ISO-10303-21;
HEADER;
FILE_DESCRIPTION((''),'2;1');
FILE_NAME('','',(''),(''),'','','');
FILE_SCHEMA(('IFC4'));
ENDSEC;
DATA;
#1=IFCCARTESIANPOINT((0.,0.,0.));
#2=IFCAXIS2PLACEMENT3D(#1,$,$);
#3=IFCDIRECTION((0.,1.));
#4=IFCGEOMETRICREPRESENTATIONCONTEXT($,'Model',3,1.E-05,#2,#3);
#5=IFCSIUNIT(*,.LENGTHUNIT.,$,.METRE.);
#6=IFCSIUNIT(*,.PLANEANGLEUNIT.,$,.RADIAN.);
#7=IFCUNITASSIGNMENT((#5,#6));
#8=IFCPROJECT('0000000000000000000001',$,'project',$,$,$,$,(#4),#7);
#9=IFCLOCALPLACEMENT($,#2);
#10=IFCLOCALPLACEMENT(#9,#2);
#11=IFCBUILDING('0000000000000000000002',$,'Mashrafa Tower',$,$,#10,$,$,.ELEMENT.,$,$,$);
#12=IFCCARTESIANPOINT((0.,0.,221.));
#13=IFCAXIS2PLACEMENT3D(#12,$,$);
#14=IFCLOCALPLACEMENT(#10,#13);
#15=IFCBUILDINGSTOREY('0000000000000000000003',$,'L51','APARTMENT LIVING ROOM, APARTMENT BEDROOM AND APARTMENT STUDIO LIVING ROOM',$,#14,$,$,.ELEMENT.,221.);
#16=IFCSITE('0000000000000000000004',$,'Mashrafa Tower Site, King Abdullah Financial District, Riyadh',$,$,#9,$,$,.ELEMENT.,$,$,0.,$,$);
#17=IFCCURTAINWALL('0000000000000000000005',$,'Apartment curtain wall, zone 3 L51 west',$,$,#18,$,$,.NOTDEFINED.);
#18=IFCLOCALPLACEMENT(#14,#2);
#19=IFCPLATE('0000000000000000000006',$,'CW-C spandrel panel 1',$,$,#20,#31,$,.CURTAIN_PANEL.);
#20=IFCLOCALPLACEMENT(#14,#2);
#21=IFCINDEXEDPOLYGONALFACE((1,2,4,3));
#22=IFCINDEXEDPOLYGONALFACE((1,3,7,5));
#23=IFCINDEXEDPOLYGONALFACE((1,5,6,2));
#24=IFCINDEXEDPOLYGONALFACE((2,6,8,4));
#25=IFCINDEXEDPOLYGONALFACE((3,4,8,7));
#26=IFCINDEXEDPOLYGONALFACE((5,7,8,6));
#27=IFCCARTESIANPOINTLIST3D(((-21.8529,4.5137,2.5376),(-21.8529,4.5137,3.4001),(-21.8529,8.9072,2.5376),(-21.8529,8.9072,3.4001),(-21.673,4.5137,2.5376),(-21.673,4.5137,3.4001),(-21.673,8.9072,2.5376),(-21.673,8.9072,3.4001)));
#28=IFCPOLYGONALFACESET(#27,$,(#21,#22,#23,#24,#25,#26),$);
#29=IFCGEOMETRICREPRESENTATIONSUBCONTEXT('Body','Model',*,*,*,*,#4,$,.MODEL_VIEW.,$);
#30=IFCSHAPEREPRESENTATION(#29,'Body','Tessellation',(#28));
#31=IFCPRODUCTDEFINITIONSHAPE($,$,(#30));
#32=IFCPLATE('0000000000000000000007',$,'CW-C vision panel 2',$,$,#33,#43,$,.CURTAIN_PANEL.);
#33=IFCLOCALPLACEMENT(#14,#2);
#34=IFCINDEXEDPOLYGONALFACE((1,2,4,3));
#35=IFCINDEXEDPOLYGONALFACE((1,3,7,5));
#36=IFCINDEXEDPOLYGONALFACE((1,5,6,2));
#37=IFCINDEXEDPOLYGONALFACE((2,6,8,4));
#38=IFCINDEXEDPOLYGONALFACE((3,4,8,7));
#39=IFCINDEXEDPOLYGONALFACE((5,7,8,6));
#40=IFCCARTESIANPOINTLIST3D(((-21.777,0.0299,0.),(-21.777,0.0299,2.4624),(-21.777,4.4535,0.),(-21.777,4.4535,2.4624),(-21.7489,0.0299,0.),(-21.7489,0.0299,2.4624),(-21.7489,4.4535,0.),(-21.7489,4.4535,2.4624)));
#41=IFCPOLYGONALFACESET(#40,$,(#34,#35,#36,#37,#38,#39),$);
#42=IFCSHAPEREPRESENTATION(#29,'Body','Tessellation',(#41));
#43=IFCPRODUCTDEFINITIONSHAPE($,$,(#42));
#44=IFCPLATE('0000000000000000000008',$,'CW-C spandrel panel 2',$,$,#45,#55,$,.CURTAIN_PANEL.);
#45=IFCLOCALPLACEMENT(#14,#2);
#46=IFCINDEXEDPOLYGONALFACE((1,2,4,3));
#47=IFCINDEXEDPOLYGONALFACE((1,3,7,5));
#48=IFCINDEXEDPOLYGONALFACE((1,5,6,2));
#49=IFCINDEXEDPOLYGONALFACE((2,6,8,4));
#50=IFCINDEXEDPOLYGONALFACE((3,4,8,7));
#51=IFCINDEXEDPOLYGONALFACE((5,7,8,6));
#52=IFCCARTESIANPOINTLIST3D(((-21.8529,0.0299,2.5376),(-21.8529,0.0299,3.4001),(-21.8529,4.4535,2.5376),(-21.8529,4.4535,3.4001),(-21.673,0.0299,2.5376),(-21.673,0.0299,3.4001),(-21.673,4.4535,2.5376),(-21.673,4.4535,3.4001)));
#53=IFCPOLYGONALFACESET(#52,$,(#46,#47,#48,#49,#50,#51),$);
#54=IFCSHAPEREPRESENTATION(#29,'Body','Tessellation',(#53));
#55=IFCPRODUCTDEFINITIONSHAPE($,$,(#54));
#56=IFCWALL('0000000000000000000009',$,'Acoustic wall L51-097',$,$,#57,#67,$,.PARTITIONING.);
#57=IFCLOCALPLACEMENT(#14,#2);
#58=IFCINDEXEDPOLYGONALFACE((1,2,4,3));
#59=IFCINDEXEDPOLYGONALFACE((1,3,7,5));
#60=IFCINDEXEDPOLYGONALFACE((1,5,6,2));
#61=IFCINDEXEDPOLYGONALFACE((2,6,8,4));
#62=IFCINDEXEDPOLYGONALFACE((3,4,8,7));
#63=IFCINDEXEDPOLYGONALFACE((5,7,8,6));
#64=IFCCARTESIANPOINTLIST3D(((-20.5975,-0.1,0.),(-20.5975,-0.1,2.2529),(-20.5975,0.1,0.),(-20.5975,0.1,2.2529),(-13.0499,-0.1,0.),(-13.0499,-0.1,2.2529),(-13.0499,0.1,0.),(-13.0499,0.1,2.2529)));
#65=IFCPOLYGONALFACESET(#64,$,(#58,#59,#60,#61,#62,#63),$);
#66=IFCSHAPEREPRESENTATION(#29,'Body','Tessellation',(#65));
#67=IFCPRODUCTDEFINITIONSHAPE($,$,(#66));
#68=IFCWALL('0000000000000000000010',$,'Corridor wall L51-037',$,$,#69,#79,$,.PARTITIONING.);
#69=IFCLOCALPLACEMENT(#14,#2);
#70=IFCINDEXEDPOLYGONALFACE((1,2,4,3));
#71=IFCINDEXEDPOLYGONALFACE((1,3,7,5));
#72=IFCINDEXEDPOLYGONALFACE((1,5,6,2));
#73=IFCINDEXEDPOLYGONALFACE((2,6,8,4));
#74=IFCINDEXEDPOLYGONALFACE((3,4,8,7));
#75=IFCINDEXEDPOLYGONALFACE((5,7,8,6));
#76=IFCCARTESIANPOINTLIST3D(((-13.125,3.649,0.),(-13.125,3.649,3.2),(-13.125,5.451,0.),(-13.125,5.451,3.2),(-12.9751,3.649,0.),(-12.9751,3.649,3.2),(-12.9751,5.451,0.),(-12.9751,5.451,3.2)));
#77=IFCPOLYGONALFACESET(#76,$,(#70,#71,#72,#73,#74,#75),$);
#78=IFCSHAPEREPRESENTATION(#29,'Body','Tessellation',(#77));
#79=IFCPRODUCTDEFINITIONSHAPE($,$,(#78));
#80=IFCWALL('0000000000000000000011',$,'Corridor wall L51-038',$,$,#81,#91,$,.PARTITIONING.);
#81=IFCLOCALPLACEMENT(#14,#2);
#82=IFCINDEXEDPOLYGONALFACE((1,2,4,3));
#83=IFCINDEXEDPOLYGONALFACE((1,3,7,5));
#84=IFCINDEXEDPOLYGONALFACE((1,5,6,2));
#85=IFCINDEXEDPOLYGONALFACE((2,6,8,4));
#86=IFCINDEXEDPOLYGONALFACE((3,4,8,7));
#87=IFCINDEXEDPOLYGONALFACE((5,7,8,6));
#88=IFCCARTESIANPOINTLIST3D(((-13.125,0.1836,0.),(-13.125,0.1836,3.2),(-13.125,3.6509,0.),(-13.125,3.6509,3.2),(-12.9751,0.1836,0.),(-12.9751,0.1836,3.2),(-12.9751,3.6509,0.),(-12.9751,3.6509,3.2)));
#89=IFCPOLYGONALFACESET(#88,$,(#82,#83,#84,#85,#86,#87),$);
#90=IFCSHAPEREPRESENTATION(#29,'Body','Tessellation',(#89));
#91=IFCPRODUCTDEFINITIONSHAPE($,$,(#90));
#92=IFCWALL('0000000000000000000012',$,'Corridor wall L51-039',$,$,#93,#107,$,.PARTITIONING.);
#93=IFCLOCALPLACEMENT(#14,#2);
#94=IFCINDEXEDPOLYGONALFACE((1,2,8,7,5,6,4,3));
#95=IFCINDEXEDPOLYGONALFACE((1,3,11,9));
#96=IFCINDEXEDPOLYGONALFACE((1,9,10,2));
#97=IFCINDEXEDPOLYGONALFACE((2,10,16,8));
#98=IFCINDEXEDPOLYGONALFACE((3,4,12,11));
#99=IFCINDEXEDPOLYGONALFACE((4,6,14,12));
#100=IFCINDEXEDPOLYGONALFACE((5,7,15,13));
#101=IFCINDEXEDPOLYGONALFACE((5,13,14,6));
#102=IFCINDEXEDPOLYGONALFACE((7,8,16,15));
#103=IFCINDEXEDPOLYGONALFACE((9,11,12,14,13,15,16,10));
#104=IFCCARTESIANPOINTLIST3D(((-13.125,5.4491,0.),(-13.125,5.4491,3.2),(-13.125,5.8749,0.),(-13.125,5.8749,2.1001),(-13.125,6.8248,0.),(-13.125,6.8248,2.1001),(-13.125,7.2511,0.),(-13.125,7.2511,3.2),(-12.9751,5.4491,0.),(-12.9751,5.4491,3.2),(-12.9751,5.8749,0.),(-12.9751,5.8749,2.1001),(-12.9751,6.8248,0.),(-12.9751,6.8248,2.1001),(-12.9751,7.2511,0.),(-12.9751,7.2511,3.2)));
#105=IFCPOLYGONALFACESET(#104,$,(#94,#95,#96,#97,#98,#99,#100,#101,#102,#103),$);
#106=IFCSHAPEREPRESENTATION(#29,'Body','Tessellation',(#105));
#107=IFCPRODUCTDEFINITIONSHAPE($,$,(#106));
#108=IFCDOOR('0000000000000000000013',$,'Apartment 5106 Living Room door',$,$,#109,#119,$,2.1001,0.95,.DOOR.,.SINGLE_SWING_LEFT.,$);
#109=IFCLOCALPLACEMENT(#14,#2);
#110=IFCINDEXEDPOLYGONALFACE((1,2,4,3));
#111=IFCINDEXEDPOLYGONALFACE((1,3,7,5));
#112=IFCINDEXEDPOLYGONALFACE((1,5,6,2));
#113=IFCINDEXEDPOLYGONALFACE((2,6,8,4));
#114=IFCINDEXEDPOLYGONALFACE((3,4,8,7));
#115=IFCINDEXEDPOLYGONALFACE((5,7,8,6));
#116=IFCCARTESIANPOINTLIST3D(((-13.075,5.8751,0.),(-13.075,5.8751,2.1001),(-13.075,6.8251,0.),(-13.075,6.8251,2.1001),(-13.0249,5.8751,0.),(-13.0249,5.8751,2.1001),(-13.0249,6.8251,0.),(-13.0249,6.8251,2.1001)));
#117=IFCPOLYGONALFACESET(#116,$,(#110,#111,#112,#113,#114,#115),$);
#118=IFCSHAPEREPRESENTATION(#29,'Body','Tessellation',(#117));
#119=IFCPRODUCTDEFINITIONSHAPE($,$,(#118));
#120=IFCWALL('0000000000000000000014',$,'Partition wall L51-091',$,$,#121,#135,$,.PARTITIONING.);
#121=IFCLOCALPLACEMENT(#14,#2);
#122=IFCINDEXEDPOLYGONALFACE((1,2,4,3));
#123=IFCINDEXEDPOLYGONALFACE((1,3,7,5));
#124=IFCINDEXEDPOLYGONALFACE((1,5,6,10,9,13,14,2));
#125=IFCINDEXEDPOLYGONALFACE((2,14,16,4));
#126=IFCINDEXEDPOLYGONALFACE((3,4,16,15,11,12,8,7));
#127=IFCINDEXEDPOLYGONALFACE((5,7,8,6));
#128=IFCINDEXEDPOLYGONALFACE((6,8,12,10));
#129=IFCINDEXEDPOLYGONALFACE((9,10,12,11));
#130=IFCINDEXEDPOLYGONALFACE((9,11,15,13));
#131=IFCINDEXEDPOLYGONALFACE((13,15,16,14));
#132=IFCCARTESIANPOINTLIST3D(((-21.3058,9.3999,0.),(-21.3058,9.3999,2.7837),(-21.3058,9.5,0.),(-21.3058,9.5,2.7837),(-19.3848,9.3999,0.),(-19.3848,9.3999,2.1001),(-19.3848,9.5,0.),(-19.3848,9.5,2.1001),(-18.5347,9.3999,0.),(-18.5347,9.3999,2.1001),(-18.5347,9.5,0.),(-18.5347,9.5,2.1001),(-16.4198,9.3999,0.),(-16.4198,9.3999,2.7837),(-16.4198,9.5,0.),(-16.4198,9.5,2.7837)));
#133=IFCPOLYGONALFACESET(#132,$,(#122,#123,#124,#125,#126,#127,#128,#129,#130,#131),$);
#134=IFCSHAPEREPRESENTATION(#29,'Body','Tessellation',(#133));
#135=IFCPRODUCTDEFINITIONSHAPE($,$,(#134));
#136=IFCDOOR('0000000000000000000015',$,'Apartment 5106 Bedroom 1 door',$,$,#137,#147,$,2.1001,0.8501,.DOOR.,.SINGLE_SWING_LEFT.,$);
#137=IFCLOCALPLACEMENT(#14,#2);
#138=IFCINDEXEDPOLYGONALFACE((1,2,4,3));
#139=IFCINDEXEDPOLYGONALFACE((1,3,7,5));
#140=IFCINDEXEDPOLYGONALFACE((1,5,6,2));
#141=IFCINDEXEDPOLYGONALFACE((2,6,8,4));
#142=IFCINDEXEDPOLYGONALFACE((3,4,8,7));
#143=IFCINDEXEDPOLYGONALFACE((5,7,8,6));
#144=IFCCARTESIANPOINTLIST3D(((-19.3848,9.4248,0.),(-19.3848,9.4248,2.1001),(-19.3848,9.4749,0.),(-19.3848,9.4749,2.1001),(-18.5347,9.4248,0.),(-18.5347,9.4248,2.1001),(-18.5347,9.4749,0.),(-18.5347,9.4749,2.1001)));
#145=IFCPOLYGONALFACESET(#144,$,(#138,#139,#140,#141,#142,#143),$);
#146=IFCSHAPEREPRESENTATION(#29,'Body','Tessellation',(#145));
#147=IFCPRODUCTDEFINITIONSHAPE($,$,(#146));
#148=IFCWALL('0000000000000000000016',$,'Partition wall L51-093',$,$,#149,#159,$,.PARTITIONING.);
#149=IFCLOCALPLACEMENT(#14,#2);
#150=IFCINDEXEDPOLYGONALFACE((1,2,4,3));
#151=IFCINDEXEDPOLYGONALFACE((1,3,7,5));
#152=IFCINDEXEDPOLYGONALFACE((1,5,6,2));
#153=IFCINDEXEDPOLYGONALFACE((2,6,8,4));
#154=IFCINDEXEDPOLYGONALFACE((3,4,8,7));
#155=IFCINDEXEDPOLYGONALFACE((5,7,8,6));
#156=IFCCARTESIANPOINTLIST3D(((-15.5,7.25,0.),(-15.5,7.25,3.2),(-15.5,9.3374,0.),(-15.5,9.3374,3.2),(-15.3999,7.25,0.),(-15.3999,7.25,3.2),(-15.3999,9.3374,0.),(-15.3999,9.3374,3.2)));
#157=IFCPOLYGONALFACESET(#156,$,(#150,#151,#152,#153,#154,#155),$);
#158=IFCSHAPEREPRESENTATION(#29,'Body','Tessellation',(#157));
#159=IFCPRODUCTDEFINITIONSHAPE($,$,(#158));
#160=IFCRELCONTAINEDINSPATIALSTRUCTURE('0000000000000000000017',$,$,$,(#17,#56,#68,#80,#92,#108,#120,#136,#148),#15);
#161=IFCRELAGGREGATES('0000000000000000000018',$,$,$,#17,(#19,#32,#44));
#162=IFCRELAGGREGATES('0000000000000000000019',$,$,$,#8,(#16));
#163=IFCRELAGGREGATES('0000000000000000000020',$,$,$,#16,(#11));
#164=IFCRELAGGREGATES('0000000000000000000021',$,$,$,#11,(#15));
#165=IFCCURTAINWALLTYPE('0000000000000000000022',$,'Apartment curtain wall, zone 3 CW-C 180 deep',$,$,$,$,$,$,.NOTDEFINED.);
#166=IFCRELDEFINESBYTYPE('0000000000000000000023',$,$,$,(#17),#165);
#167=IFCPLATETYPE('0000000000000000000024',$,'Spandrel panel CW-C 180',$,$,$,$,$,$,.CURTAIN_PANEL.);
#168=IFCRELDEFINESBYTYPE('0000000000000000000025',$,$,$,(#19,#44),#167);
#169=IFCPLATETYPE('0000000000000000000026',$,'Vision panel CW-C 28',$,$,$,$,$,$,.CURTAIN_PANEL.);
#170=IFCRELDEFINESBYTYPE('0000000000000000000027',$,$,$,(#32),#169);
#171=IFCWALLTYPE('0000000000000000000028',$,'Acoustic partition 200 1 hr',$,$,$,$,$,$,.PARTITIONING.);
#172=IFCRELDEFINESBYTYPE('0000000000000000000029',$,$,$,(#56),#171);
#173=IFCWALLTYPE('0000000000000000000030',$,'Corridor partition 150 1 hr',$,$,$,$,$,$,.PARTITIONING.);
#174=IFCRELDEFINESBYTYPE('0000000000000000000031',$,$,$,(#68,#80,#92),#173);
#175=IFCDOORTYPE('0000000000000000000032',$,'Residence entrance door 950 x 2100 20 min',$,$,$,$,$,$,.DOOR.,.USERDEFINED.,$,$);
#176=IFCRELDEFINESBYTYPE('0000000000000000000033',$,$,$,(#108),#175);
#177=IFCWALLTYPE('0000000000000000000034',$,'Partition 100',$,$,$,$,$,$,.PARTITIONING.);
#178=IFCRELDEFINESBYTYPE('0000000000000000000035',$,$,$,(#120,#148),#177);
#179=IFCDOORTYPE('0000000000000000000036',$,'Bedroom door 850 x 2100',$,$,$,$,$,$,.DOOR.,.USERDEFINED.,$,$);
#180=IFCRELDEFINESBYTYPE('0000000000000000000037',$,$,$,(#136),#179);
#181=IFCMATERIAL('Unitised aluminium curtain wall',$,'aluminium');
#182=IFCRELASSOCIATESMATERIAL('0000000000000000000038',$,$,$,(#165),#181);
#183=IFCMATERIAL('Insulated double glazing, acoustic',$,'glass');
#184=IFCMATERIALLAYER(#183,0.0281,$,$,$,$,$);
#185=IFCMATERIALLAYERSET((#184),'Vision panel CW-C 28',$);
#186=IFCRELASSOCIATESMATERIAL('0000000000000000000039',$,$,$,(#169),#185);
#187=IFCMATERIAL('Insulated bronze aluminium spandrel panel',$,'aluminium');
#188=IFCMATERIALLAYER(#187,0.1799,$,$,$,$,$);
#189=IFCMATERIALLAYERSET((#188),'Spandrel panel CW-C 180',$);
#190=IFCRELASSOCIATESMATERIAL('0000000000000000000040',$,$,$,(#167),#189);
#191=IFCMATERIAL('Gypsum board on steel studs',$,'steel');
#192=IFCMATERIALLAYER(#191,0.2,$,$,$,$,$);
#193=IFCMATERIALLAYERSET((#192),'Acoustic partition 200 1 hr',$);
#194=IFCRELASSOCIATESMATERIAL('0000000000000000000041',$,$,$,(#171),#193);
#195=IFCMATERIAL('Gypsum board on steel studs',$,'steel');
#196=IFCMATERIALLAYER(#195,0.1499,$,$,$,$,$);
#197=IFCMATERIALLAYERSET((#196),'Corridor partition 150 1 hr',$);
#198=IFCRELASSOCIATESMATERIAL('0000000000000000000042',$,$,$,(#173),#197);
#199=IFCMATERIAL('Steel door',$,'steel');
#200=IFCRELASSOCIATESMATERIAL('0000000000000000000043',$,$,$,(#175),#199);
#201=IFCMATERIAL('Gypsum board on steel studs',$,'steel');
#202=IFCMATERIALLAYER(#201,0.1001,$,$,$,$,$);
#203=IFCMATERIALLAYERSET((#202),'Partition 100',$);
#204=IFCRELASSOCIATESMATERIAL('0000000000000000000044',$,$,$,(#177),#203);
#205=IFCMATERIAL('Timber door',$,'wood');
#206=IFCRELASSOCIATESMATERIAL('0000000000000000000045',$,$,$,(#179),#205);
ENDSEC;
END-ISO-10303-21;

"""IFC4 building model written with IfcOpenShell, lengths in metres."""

from ifc_helpers import new_model, si_unit, direction, frame, frame_2d, origin, origin_2d, place, context, subcontext, project, spatial, rectangle, extrude, source, transform, mapped, material, layer, layer_set, type_object, type_shapes, element, fill, aggregate, save


model = new_model("IFC4")

# Units and contexts
model_context = context("Model", 3, precision=1e-05, world=origin(), true_north=direction((0.0, 1.0)))
body_context = subcontext(model_context, "Body", "Model", "MODEL_VIEW")
ifc_project = project(units=[si_unit("LENGTHUNIT", "METRE"), si_unit("PLANEANGLEUNIT", "RADIAN")], contexts=[model_context])

# Site, building, storey
site_placement = place(None, origin())
site = spatial("IfcSite", under=ifc_project, at=site_placement, Name="Mashrafa Tower Site, King Abdullah Financial District, Riyadh", CompositionType="ELEMENT", RefElevation=0.0)
building_placement = place(site_placement, origin())
building = spatial("IfcBuilding", under=site, at=building_placement, Name="Mashrafa Tower", CompositionType="ELEMENT")
storey_placement = place(building_placement, frame((0.0, 0.0, 221.0)))
storey = spatial("IfcBuildingStorey", under=building, at=storey_placement, Name="L51", Description="APARTMENT LIVING ROOM, APARTMENT BEDROOM AND APARTMENT STUDIO LIVING ROOM", CompositionType="ELEMENT", Elevation=221.0)

# Shared definitions
ifc_material_1 = material(Name="Unitised aluminium curtain wall", Category="aluminium")
curtain_wall_type = type_object("IfcCurtainWallType", Name="Apartment curtain wall, zone 3 CW-C 180 deep", PredefinedType="NOTDEFINED", material=ifc_material_1)

# Curtain wall, plates
curtain_wall_1_placement = place(storey_placement, origin())
curtain_wall_1 = element("IfcCurtainWall", 1, at=curtain_wall_1_placement, inside=storey, type_object=curtain_wall_type, Name="Apartment curtain wall, zone 3 L51 west", PredefinedType="NOTDEFINED")
ifc_material_2 = material(Name="Insulated double glazing, acoustic", Category="glass")
ifc_layer_1 = layer(ifc_material_2, 0.0281)
ifc_layer_set_1 = layer_set([ifc_layer_1], Name="Vision panel CW-C 28")
plate_type_1 = type_object("IfcPlateType", Name="Vision panel CW-C 28", PredefinedType="CURTAIN_PANEL", material=ifc_layer_set_1)
ifc_material_3 = material(Name="Insulated bronze aluminium spandrel panel", Category="aluminium")
ifc_layer_2 = layer(ifc_material_3, 0.1799)
ifc_layer_set_2 = layer_set([ifc_layer_2], Name="Spandrel panel CW-C 180")
plate_type_2 = type_object("IfcPlateType", Name="Spandrel panel CW-C 180", PredefinedType="CURTAIN_PANEL", material=ifc_layer_set_2)
shared_shape_1 = source(origin(), body_context, "Body", "SweptSolid", [
    extrude(rectangle(XDim=4.3936, YDim=0.1799, at=origin_2d()), origin(), (0.0, 0.0, 1.0), 0.8625),
])
plate_1_placement = place(storey_placement, frame((-21.7629, 6.7104, 2.5376), z_axis=(0.0, 0.0, 1.0), x_axis=(0.0, -1.0, 0.0)))
plate_1 = element("IfcPlate", 2, at=plate_1_placement, type_object=plate_type_2, Name="CW-C spandrel panel 1", PredefinedType="CURTAIN_PANEL", context=body_context, shape_type="MappedRepresentation", body=[
    mapped(shared_shape_1, transform((0.0, 0.0, 0.0))),
])
shared_shape_2 = source(origin(), body_context, "Body", "SweptSolid", [
    extrude(rectangle(XDim=4.4236, YDim=0.0281, at=origin_2d()), origin(), (0.0, 0.0, 1.0), 2.4624),
])
plate_2_placement = place(storey_placement, frame((-21.7629, 2.2417, 0.0), z_axis=(0.0, 0.0, 1.0), x_axis=(0.0, -1.0, 0.0)))
plate_2 = element("IfcPlate", 3, at=plate_2_placement, type_object=plate_type_1, Name="CW-C vision panel 2", PredefinedType="CURTAIN_PANEL", context=body_context, shape_type="MappedRepresentation", body=[
    mapped(shared_shape_2, transform((0.0, 0.0, 0.0))),
])
shared_shape_3 = source(origin(), body_context, "Body", "SweptSolid", [
    extrude(rectangle(XDim=4.4236, YDim=0.1799, at=origin_2d()), origin(), (0.0, 0.0, 1.0), 0.8625),
])
type_shapes(plate_type_2, [shared_shape_1, shared_shape_3])
plate_3_placement = place(storey_placement, frame((-21.7629, 2.2417, 2.5376), z_axis=(0.0, 0.0, 1.0), x_axis=(0.0, -1.0, 0.0)))
plate_3 = element("IfcPlate", 4, at=plate_3_placement, type_object=plate_type_2, Name="CW-C spandrel panel 2", PredefinedType="CURTAIN_PANEL", context=body_context, shape_type="MappedRepresentation", body=[
    mapped(shared_shape_3, transform((0.0, 0.0, 0.0))),
])
aggregate(curtain_wall_1, [plate_1, plate_2, plate_3])

# Walls
ifc_material_4 = material(Name="Gypsum board on steel studs", Category="steel")
ifc_layer_3 = layer(ifc_material_4, 0.2)
ifc_layer_set_3 = layer_set([ifc_layer_3], Name="Acoustic partition 200 1 hr")
wall_type_1 = type_object("IfcWallType", Name="Acoustic partition 200 1 hr", PredefinedType="PARTITIONING", material=ifc_layer_set_3)
wall_1_placement = place(storey_placement, frame((-20.5977, 0.0, 0.0), z_axis=(0.0, 0.0, 1.0), x_axis=(1.0, 0.0, 0.0)))
element("IfcWall", 5, at=wall_1_placement, inside=storey, type_object=wall_type_1, Name="Acoustic wall L51-097", PredefinedType="PARTITIONING", context=body_context, shape_type="SweptSolid", body=[
    extrude(rectangle(XDim=7.5476, YDim=0.2, at=frame_2d((3.7739, 0.0))), origin(), (0.0, 0.0, 1.0), 2.2529),
])
ifc_material_5 = material(Name="Gypsum board on steel studs", Category="steel")
ifc_layer_4 = layer(ifc_material_5, 0.1499)
ifc_layer_set_4 = layer_set([ifc_layer_4], Name="Corridor partition 150 1 hr")
wall_type_2 = type_object("IfcWallType", Name="Corridor partition 150 1 hr", PredefinedType="PARTITIONING", material=ifc_layer_set_4)
wall_2_placement = place(storey_placement, frame((-13.05, 5.4509, 0.0), z_axis=(0.0, 0.0, 1.0), x_axis=(0.0, -1.0, 0.0)))
element("IfcWall", 6, at=wall_2_placement, inside=storey, type_object=wall_type_2, Name="Corridor wall L51-037", PredefinedType="PARTITIONING", context=body_context, shape_type="SweptSolid", body=[
    extrude(rectangle(XDim=1.802, YDim=0.1499, at=frame_2d((0.9009, 0.0))), origin(), (0.0, 0.0, 1.0), 3.2),
])
wall_3_placement = place(storey_placement, frame((-13.05, 3.6509, 0.0), z_axis=(0.0, 0.0, 1.0), x_axis=(0.0, -1.0, 0.0)))
element("IfcWall", 7, at=wall_3_placement, inside=storey, type_object=wall_type_2, Name="Corridor wall L51-038", PredefinedType="PARTITIONING", context=body_context, shape_type="SweptSolid", body=[
    extrude(rectangle(XDim=3.4673, YDim=0.1499, at=frame_2d((1.7336, 0.0))), origin(), (0.0, 0.0, 1.0), 3.2),
])

# Walls, openings, doors
wall_4_placement = place(storey_placement, frame((-13.05, 7.251, 0.0), z_axis=(0.0, 0.0, 1.0), x_axis=(0.0, -1.0, 0.0)))
wall_4 = element("IfcWall", 8, at=wall_4_placement, inside=storey, type_object=wall_type_2, Name="Corridor wall L51-039", PredefinedType="PARTITIONING", context=body_context, shape_type="SweptSolid", body=[
    extrude(rectangle(XDim=1.802, YDim=0.1499, at=frame_2d((0.9009, 0.0))), origin(), (0.0, 0.0, 1.0), 3.2),
])
opening_1_placement = place(wall_4_placement, frame((0.426, 0.0, 0.0)))
opening_1 = element("IfcOpeningElement", 9, at=opening_1_placement, cuts=wall_4, PredefinedType="OPENING", context=body_context, shape_type="SweptSolid", body=[
    extrude(rectangle(XDim=0.95, YDim=2.1001, at=frame_2d((0.4751, 1.05))), frame((0.0, 0.085, 0.0), z_axis=(0.0, -1.0, 0.0), x_axis=(1.0, 0.0, 0.0)), (0.0, 0.0, 1.0), 0.1699),
])
ifc_material_6 = material(Name="Steel door", Category="steel")
door_type_1 = type_object("IfcDoorType", Name="Residence entrance door 950 x 2100 20 min", OperationType="USERDEFINED", PredefinedType="DOOR", material=ifc_material_6)
door_1_placement = place(opening_1_placement, frame((0.95, 0.0, 0.0), z_axis=(0.0, 0.0, 1.0), x_axis=(-1.0, 0.0, 0.0)))
door_1 = element("IfcDoor", 10, at=door_1_placement, inside=storey, type_object=door_type_1, Name="Apartment 5106 Living Room door", OperationType="SINGLE_SWING_LEFT", OverallHeight=2.1001, OverallWidth=0.95, PredefinedType="DOOR", context=body_context, shape_type="SweptSolid", body=[
    extrude(rectangle(XDim=0.95, YDim=2.1001, at=frame_2d((0.4751, 1.05))), frame((0.0, 0.0249, 0.0), z_axis=(0.0, -1.0, 0.0), x_axis=(1.0, 0.0, 0.0)), (0.0, 0.0, 1.0), 0.05),
])
fill(opening_1, door_1)
ifc_material_7 = material(Name="Gypsum board on steel studs", Category="steel")
ifc_layer_5 = layer(ifc_material_7, 0.1001)
ifc_layer_set_5 = layer_set([ifc_layer_5], Name="Partition 100")
wall_type_3 = type_object("IfcWallType", Name="Partition 100", PredefinedType="PARTITIONING", material=ifc_layer_set_5)
wall_5_placement = place(storey_placement, frame((-21.3057, 9.45, 0.0), z_axis=(0.0, 0.0, 1.0), x_axis=(1.0, 0.0, 0.0)))
wall_5 = element("IfcWall", 11, at=wall_5_placement, inside=storey, type_object=wall_type_3, Name="Partition wall L51-091", PredefinedType="PARTITIONING", context=body_context, shape_type="SweptSolid", body=[
    extrude(rectangle(XDim=4.886, YDim=0.1001, at=frame_2d((2.4429, 0.0))), origin(), (0.0, 0.0, 1.0), 2.7837),
])
opening_2_placement = place(wall_5_placement, frame((1.9209, 0.0, 0.0)))
opening_2 = element("IfcOpeningElement", 12, at=opening_2_placement, cuts=wall_5, PredefinedType="OPENING", context=body_context, shape_type="SweptSolid", body=[
    extrude(rectangle(XDim=0.8501, YDim=2.1001, at=frame_2d((0.425, 1.05))), frame((0.0, 0.0601, 0.0), z_axis=(0.0, -1.0, 0.0), x_axis=(1.0, 0.0, 0.0)), (0.0, 0.0, 1.0), 0.1201),
])
ifc_material_8 = material(Name="Timber door", Category="wood")
door_type_2 = type_object("IfcDoorType", Name="Bedroom door 850 x 2100", OperationType="USERDEFINED", PredefinedType="DOOR", material=ifc_material_8)
door_2_placement = place(opening_2_placement, origin())
door_2 = element("IfcDoor", 13, at=door_2_placement, inside=storey, type_object=door_type_2, Name="Apartment 5106 Bedroom 1 door", OperationType="SINGLE_SWING_LEFT", OverallHeight=2.1001, OverallWidth=0.8501, PredefinedType="DOOR", context=body_context, shape_type="SweptSolid", body=[
    extrude(rectangle(XDim=0.8501, YDim=2.1001, at=frame_2d((0.425, 1.05))), frame((0.0, 0.0249, 0.0), z_axis=(0.0, -1.0, 0.0), x_axis=(1.0, 0.0, 0.0)), (0.0, 0.0, 1.0), 0.05),
])
fill(opening_2, door_2)

# Wall
wall_6_placement = place(storey_placement, frame((-15.45, 9.3374, 0.0), z_axis=(0.0, 0.0, 1.0), x_axis=(0.0, -1.0, 0.0)))
element("IfcWall", 14, at=wall_6_placement, inside=storey, type_object=wall_type_3, Name="Partition wall L51-093", PredefinedType="PARTITIONING", context=body_context, shape_type="SweptSolid", body=[
    extrude(rectangle(XDim=2.0874, YDim=0.1001, at=frame_2d((1.0437, 0.0))), origin(), (0.0, 0.0, 1.0), 3.2),
])

save(model, "model.ifc")
